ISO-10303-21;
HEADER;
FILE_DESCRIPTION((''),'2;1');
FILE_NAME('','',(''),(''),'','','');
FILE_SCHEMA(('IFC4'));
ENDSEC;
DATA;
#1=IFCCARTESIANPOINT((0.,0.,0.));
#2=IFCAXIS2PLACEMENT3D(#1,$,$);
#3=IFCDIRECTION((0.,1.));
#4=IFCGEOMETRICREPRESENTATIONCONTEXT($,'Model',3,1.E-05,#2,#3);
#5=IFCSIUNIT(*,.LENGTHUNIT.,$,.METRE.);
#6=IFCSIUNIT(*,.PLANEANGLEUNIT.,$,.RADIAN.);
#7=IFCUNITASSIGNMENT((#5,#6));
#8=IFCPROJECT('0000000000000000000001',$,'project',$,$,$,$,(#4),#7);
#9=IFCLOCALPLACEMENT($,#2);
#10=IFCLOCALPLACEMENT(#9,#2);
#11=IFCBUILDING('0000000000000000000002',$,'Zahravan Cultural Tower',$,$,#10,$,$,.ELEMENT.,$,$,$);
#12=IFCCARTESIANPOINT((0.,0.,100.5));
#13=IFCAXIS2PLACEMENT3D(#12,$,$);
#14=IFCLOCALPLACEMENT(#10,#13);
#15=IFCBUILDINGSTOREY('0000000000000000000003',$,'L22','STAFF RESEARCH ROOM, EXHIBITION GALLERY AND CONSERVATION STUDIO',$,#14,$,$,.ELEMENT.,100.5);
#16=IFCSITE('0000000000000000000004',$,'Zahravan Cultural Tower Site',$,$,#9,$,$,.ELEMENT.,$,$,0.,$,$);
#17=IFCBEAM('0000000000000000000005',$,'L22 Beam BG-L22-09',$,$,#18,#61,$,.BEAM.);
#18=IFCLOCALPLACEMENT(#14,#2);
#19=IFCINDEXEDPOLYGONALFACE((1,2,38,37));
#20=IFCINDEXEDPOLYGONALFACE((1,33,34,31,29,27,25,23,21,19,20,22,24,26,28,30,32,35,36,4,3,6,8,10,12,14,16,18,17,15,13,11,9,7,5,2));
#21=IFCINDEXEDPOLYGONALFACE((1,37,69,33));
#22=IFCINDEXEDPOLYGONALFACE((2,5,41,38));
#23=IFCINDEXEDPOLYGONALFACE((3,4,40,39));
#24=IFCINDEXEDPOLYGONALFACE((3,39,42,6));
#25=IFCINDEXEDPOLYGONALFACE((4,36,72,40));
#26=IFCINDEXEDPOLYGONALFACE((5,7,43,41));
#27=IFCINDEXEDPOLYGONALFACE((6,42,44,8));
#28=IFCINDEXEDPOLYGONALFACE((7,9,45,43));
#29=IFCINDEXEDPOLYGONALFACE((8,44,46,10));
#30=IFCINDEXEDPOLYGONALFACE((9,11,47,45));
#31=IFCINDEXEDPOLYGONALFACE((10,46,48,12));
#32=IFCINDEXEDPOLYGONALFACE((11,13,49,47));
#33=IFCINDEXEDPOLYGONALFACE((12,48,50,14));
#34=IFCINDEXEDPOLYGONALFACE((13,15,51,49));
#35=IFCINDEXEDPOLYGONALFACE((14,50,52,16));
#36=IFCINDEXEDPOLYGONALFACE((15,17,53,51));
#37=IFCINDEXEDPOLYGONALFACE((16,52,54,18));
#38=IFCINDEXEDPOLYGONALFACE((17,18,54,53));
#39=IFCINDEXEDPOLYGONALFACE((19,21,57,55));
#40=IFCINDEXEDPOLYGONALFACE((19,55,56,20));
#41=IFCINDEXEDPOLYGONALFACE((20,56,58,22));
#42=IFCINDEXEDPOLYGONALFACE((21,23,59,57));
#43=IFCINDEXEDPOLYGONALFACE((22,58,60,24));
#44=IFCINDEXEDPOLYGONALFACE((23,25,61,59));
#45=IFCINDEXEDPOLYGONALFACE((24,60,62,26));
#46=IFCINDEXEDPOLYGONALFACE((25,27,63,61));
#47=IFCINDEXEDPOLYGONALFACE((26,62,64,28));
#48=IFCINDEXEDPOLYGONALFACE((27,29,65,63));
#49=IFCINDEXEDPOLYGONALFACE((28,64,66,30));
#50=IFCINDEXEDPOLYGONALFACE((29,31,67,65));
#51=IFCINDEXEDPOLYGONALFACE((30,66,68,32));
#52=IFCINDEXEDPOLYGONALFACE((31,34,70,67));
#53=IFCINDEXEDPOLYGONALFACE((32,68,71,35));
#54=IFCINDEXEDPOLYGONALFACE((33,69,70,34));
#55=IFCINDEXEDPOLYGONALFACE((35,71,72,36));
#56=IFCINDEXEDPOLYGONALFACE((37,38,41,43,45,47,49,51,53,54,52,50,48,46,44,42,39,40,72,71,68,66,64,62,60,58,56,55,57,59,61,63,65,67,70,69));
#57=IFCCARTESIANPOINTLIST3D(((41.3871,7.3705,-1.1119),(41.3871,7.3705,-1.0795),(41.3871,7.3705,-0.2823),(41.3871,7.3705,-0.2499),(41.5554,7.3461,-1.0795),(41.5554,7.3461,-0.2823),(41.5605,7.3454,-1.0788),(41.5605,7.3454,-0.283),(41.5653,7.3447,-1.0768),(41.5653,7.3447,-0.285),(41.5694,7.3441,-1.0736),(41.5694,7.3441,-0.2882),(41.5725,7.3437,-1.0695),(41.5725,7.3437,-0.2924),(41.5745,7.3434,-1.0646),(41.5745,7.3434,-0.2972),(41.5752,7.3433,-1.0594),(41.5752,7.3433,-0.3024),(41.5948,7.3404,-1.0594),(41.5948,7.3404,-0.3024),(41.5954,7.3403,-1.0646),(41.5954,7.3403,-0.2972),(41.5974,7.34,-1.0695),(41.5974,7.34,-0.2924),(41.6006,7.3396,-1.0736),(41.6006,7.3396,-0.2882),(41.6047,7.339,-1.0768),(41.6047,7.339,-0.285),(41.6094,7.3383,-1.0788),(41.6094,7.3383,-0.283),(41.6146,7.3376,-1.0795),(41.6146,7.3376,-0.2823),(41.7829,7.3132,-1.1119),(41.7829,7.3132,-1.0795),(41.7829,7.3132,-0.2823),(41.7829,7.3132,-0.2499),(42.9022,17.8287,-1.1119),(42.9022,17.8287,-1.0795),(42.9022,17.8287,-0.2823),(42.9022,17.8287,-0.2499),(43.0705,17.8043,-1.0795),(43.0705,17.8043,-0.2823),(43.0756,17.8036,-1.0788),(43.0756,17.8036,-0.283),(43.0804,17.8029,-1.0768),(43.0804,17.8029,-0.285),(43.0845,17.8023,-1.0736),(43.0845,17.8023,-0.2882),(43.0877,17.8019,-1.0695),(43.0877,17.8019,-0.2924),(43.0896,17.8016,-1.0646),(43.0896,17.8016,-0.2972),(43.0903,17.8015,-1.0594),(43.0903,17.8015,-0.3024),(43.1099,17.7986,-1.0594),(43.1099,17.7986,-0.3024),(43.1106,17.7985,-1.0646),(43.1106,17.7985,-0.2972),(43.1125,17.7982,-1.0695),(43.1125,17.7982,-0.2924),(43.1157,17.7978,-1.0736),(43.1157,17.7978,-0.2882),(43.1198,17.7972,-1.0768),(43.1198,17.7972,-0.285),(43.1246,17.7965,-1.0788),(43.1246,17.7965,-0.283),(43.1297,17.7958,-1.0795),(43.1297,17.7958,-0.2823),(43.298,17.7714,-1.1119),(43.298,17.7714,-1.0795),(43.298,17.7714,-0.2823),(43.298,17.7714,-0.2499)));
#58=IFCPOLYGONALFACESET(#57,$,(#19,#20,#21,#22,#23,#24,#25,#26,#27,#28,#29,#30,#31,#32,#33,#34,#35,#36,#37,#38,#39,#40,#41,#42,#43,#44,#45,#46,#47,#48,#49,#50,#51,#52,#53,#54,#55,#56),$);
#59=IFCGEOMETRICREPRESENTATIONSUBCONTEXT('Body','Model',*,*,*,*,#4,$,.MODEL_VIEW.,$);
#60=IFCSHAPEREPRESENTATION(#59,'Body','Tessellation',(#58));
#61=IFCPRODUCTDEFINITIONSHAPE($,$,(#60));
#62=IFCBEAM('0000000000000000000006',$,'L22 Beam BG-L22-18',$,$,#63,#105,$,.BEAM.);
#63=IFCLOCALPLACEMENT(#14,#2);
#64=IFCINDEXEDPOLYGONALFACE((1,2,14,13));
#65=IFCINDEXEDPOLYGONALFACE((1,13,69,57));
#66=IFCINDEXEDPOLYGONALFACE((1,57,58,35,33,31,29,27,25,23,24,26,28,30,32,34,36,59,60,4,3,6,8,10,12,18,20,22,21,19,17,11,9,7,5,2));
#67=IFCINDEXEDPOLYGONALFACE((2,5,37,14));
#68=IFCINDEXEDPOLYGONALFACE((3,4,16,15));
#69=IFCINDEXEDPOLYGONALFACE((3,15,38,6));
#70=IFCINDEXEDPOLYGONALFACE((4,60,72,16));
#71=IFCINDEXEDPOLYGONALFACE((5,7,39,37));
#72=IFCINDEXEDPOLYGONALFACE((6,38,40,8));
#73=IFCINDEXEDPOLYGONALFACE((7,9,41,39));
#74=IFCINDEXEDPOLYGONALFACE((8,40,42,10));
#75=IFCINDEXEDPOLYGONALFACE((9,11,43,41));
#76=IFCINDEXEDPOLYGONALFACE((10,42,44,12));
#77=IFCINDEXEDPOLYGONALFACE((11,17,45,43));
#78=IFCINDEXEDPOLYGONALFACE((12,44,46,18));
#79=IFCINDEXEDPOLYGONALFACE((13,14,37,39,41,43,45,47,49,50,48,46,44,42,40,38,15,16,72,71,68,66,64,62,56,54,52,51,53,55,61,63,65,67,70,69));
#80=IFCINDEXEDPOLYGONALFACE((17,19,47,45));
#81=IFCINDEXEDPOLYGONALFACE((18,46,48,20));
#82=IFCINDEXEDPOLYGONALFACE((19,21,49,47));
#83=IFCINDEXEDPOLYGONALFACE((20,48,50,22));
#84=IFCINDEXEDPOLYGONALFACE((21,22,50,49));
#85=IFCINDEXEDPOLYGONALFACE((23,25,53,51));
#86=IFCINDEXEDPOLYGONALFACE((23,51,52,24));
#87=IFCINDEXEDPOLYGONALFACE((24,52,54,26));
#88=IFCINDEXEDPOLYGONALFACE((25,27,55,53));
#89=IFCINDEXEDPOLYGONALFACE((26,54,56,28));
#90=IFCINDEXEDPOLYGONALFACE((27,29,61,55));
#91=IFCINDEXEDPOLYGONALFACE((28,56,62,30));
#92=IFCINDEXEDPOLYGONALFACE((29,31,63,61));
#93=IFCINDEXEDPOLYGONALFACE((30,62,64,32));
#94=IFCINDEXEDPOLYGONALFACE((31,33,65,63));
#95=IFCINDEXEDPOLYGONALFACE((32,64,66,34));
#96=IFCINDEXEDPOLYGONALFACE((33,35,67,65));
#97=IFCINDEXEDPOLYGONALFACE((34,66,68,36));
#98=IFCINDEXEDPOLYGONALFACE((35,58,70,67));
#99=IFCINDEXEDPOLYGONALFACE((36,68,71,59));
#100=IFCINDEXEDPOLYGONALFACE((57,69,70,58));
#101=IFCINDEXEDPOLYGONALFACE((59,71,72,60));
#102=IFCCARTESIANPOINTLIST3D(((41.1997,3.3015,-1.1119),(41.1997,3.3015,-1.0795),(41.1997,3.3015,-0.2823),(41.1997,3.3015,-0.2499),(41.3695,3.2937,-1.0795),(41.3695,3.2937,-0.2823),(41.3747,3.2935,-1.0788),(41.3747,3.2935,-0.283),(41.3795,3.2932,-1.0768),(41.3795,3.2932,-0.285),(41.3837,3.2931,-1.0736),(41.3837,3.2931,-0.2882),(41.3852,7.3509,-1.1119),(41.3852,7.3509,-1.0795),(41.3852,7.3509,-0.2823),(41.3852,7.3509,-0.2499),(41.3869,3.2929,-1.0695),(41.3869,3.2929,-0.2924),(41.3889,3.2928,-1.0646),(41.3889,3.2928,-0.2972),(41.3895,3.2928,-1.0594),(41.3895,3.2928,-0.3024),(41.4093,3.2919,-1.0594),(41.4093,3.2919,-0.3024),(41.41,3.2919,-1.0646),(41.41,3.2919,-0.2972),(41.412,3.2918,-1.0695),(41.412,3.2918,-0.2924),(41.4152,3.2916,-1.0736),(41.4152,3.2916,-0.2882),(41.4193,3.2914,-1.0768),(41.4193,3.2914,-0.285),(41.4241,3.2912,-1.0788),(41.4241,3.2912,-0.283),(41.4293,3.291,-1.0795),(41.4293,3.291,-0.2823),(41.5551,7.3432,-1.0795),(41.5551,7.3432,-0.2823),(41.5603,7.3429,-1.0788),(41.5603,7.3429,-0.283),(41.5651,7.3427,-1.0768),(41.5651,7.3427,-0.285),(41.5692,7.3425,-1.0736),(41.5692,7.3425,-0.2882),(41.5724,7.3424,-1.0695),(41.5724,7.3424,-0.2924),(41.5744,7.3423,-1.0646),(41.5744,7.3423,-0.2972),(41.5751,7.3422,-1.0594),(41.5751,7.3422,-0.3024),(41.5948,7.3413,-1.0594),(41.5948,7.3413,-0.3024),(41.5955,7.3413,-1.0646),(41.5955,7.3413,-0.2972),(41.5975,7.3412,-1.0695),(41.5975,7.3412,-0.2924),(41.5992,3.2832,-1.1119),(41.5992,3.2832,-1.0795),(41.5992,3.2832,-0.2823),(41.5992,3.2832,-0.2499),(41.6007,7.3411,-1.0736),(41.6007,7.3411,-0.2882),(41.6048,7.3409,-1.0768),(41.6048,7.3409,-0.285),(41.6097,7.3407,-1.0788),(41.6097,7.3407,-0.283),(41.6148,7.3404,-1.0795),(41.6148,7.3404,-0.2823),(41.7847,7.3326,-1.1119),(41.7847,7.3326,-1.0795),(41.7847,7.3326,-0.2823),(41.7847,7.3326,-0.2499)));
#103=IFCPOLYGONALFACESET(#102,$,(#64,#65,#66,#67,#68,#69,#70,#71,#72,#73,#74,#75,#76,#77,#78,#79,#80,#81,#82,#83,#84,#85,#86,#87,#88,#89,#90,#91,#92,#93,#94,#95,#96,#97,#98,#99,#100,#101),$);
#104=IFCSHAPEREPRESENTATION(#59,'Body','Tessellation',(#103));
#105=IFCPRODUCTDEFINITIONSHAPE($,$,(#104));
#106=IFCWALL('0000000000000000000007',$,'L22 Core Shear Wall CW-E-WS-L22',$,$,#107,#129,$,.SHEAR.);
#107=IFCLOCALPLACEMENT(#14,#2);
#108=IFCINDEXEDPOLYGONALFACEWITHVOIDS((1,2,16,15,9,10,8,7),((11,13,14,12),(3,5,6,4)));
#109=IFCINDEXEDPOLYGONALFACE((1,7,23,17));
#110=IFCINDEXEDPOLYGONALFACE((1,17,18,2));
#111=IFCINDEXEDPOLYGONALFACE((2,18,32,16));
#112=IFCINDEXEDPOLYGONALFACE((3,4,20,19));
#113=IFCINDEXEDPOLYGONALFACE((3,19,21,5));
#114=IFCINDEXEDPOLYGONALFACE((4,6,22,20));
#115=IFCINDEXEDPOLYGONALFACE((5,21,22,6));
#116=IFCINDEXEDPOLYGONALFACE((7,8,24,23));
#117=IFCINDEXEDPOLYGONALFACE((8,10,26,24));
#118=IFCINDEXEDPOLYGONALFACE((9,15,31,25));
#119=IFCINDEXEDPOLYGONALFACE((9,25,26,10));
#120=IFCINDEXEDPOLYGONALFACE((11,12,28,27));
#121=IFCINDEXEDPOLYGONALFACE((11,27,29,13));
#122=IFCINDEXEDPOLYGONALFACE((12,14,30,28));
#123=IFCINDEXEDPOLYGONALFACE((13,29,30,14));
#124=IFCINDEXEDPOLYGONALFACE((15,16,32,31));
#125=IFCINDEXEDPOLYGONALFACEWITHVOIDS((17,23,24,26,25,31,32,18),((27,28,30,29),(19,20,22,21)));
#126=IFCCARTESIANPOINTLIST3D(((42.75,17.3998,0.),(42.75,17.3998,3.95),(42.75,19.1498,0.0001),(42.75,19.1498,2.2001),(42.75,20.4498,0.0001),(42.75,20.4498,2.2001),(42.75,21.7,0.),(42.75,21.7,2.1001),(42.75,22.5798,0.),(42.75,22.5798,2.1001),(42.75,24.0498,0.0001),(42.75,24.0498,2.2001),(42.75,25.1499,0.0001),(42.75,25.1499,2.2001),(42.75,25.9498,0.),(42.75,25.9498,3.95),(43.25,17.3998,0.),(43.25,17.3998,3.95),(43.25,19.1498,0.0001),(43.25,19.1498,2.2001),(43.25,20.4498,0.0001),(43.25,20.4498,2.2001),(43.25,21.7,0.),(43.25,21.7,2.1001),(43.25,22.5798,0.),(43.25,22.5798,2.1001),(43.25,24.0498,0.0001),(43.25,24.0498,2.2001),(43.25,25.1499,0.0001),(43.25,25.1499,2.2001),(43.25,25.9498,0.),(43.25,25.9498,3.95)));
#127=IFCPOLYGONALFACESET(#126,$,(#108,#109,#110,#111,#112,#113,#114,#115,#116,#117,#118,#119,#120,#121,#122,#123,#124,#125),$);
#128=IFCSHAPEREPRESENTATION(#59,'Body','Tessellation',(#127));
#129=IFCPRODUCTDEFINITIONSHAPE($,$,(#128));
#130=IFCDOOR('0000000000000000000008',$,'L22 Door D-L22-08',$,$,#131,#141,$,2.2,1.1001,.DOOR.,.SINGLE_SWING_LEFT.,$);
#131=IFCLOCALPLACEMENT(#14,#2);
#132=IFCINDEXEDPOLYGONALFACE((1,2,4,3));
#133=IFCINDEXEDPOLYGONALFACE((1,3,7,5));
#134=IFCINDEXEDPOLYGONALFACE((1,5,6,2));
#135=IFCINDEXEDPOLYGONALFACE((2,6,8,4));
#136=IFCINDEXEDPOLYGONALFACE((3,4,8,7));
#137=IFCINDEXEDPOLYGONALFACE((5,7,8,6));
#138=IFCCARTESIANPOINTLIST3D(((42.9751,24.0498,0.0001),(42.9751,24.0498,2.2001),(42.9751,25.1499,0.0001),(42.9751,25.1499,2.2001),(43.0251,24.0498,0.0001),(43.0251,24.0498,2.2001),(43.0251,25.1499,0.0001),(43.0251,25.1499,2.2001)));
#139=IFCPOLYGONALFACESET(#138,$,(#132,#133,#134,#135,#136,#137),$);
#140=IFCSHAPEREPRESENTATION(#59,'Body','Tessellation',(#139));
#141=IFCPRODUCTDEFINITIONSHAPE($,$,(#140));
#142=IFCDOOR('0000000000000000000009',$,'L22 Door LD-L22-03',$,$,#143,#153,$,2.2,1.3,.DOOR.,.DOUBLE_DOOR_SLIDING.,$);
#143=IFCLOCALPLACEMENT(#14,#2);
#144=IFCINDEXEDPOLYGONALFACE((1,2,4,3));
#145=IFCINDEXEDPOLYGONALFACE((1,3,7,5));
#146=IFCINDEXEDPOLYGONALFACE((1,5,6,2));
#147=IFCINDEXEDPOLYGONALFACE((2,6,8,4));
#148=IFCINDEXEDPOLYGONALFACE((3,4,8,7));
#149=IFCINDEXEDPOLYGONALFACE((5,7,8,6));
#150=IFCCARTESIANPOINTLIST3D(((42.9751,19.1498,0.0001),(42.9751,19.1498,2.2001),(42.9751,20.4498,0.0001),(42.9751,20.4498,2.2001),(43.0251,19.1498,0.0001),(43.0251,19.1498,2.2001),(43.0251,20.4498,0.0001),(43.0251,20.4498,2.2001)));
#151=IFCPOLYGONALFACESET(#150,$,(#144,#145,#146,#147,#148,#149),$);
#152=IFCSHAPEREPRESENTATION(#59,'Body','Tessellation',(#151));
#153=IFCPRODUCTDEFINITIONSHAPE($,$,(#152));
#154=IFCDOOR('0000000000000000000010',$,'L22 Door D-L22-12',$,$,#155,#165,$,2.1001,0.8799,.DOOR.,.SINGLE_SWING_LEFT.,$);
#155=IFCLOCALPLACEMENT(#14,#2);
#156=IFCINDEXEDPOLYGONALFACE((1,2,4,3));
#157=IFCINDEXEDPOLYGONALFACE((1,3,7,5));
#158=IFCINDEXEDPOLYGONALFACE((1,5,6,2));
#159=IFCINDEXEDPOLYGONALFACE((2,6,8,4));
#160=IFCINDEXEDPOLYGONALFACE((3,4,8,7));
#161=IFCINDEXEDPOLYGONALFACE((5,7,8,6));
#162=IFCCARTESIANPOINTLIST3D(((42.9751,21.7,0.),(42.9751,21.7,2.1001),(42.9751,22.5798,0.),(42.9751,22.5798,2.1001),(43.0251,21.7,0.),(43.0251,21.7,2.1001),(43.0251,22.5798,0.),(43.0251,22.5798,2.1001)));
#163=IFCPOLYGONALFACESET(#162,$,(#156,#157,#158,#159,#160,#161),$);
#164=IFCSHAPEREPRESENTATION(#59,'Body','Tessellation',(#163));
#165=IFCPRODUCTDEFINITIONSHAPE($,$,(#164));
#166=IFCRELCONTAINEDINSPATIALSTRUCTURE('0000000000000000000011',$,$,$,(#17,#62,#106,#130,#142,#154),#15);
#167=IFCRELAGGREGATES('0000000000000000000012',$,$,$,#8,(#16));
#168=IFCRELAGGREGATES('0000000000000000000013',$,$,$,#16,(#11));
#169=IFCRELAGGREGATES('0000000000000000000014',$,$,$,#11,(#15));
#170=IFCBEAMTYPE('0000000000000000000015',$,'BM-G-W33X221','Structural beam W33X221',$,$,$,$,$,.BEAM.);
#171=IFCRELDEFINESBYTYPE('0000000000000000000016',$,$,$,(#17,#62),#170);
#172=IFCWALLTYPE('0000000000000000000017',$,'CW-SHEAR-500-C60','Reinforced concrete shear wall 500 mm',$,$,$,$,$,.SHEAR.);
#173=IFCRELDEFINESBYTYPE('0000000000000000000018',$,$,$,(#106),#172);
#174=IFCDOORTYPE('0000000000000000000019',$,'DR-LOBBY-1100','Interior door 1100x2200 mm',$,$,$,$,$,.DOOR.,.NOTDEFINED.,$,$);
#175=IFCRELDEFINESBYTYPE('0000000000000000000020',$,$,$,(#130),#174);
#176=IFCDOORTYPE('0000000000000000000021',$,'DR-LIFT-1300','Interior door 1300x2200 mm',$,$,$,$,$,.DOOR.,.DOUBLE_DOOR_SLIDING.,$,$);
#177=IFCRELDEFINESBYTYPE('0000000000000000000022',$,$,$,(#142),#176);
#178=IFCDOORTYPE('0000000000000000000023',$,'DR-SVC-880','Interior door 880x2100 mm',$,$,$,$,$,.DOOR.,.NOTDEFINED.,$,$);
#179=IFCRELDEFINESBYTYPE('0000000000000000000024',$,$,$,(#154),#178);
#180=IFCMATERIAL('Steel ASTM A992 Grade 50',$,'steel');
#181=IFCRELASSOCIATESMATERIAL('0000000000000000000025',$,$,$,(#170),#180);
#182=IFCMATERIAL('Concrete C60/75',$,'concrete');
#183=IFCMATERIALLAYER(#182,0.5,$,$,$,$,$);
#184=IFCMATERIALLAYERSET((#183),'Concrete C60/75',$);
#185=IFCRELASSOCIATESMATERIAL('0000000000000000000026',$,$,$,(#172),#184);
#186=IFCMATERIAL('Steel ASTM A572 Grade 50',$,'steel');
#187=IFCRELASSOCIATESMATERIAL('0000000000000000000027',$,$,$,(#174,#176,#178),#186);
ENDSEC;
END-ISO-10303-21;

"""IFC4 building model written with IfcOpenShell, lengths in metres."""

from ifc_helpers import new_model, si_unit, direction, frame, frame_2d, origin, origin_2d, place, context, subcontext, project, spatial, rectangle, i_section, extrude, source, transform, mapped, material, layer, layer_set, material_profile, profile_set, type_object, element, fill, save


model = new_model("IFC4")

# Units and contexts
model_context = context("Model", 3, precision=1e-05, world=origin(), true_north=direction((0.0, 1.0)))
body_context = subcontext(model_context, "Body", "Model", "MODEL_VIEW")
ifc_project = project(units=[si_unit("LENGTHUNIT", "METRE"), si_unit("PLANEANGLEUNIT", "RADIAN")], contexts=[model_context])

# Site, building, storey
site_placement = place(None, origin())
site = spatial("IfcSite", under=ifc_project, at=site_placement, Name="Zahravan Cultural Tower Site", CompositionType="ELEMENT", RefElevation=0.0)
building_placement = place(site_placement, origin())
building = spatial("IfcBuilding", under=site, at=building_placement, Name="Zahravan Cultural Tower", CompositionType="ELEMENT")
storey_placement = place(building_placement, frame((0.0, 0.0, 100.5)))
storey = spatial("IfcBuildingStorey", under=building, at=storey_placement, Name="L22", Description="STAFF RESEARCH ROOM, EXHIBITION GALLERY AND CONSERVATION STUDIO", CompositionType="ELEMENT", Elevation=100.5)

# Shared definitions
ifc_material_1 = material(Name="Concrete C60/75", Category="concrete")
ifc_material_2 = material(Name="Steel ASTM A992 Grade 50", Category="steel")

# Beams
ifc_material_profile_1 = material_profile(ifc_material_2, i_section(OverallWidth=0.3999, OverallDepth=0.8621, WebThickness=0.0198, FlangeThickness=0.0325, FilletRadius=0.02, at=origin_2d()), Name="W33X221")
ifc_profile_set_1 = profile_set([ifc_material_profile_1], Name="Steel ASTM A992 Grade 50")
beam_type_1 = type_object("IfcBeamType", Name="BM-G-W33X221", Description="Structural beam W33X221", PredefinedType="BEAM", material=ifc_profile_set_1)
shared_shape_1 = source(origin(), body_context, "Body", "SweptSolid", [
    extrude(i_section(OverallWidth=0.3999, OverallDepth=0.8621, WebThickness=0.0198, FlangeThickness=0.0325, FilletRadius=0.02, at=origin_2d()), origin(), (0.0, 0.0, 1.0), 10.5674),
])
beam_1_placement = place(storey_placement, frame((43.1001, 17.8, -0.6809), z_axis=(-0.143378, -0.989668, 0.0), x_axis=(0.989668, -0.143378, 0.0)))
element("IfcBeam", 1, at=beam_1_placement, inside=storey, type_object=beam_type_1, Name="L22 Beam BG-L22-09", PredefinedType="BEAM", context=body_context, shape_type="MappedRepresentation", body=[
    mapped(shared_shape_1, transform((0.0, 0.0, 0.0), x_axis=(1.0, 0.0, 0.0), y_axis=(0.0, 1.0, 0.0), z_axis=(0.0, 0.0, 1.0), scale=1.0)),
])
shared_shape_2 = source(origin(), body_context, "Body", "SweptSolid", [
    extrude(i_section(OverallWidth=0.3999, OverallDepth=0.8621, WebThickness=0.0198, FlangeThickness=0.0325, FilletRadius=0.02, at=origin_2d()), origin(), (0.0, 0.0, 1.0), 4.0537),
])
beam_2_placement = place(storey_placement, frame((41.585, 7.3418, -0.6809), z_axis=(-0.045771, -0.998952, 0.0), x_axis=(0.998952, -0.045771, 0.0)))
element("IfcBeam", 2, at=beam_2_placement, inside=storey, type_object=beam_type_1, Name="L22 Beam BG-L22-18", PredefinedType="BEAM", context=body_context, shape_type="MappedRepresentation", body=[
    mapped(shared_shape_2, transform((0.0, 0.0, 0.0), x_axis=(1.0, 0.0, 0.0), y_axis=(0.0, 1.0, 0.0), z_axis=(0.0, 0.0, 1.0), scale=1.0)),
])

# Wall, openings, doors
ifc_layer_1 = layer(ifc_material_1, 0.5)
ifc_layer_set_1 = layer_set([ifc_layer_1], Name="Concrete C60/75")
wall_type_1 = type_object("IfcWallType", Name="CW-SHEAR-500-C60", Description="Reinforced concrete shear wall 500 mm", PredefinedType="SHEAR", material=ifc_layer_set_1)
wall_1_placement = place(storey_placement, frame((43.0, 17.3999, 0.0), z_axis=(0.0, 0.0, 1.0), x_axis=(0.0, 1.0, 0.0)))
wall_1 = element("IfcWall", 3, at=wall_1_placement, inside=storey, type_object=wall_type_1, Name="L22 Core Shear Wall CW-E-WS-L22", PredefinedType="SHEAR", context=body_context, shape_type="SweptSolid", body=[
    extrude(rectangle(XDim=8.55, YDim=0.5, at=frame_2d((4.2749, 0.0))), origin(), (0.0, 0.0, 1.0), 3.95),
])
opening_1_placement = place(wall_1_placement, frame((6.6499, 0.0, 0.0)))
opening_1 = element("IfcOpeningElement", 4, at=opening_1_placement, cuts=wall_1, PredefinedType="OPENING", context=body_context, shape_type="SweptSolid", body=[
    extrude(rectangle(XDim=1.1001, YDim=2.2, at=frame_2d((0.55, 1.1001))), frame((0.0, 0.26, 0.0), z_axis=(0.0, -1.0, 0.0), x_axis=(1.0, 0.0, 0.0)), (0.0, 0.0, 1.0), 0.52),
])
opening_2_placement = place(wall_1_placement, frame((1.75, 0.0, 0.0)))
opening_2 = element("IfcOpeningElement", 5, at=opening_2_placement, cuts=wall_1, PredefinedType="OPENING", context=body_context, shape_type="SweptSolid", body=[
    extrude(rectangle(XDim=1.3, YDim=2.2, at=frame_2d((0.6499, 1.1001))), frame((0.0, 0.26, 0.0), z_axis=(0.0, -1.0, 0.0), x_axis=(1.0, 0.0, 0.0)), (0.0, 0.0, 1.0), 0.52),
])
opening_3_placement = place(wall_1_placement, frame((4.3, 0.0, 0.0)))
opening_3 = element("IfcOpeningElement", 6, at=opening_3_placement, cuts=wall_1, PredefinedType="OPENING", context=body_context, shape_type="SweptSolid", body=[
    extrude(rectangle(XDim=0.8799, YDim=2.1001, at=frame_2d((0.4399, 1.05))), frame((0.0, 0.26, 0.0), z_axis=(0.0, -1.0, 0.0), x_axis=(1.0, 0.0, 0.0)), (0.0, 0.0, 1.0), 0.52),
])
ifc_material_3 = material(Name="Steel ASTM A572 Grade 50", Category="steel")
door_type_1 = type_object("IfcDoorType", Name="DR-LOBBY-1100", Description="Interior door 1100x2200 mm", OperationType="NOTDEFINED", PredefinedType="DOOR", material=ifc_material_3)
shared_shape_3 = source(origin(), body_context, "Body", "SweptSolid", [
    extrude(rectangle(XDim=1.1001, YDim=2.2, at=frame_2d((0.55, 1.1001))), frame((0.0, 0.0249, 0.0), z_axis=(0.0, -1.0, 0.0), x_axis=(1.0, 0.0, 0.0)), (0.0, 0.0, 1.0), 0.05),
])
door_1_placement = place(opening_1_placement, origin())
door_1 = element("IfcDoor", 7, at=door_1_placement, inside=storey, type_object=door_type_1, Name="L22 Door D-L22-08", OperationType="SINGLE_SWING_LEFT", OverallHeight=2.2, OverallWidth=1.1001, PredefinedType="DOOR", context=body_context, shape_type="MappedRepresentation", body=[
    mapped(shared_shape_3, transform((0.0, 0.0, 0.0), x_axis=(1.0, 0.0, 0.0), y_axis=(0.0, 1.0, 0.0), z_axis=(0.0, 0.0, 1.0), scale=1.0)),
])
fill(opening_1, door_1)
door_type_2 = type_object("IfcDoorType", Name="DR-LIFT-1300", Description="Interior door 1300x2200 mm", OperationType="DOUBLE_DOOR_SLIDING", PredefinedType="DOOR", material=ifc_material_3)
shared_shape_4 = source(origin(), body_context, "Body", "SweptSolid", [
    extrude(rectangle(XDim=1.3, YDim=2.2, at=frame_2d((0.6499, 1.1001))), frame((0.0, 0.0249, 0.0), z_axis=(0.0, -1.0, 0.0), x_axis=(1.0, 0.0, 0.0)), (0.0, 0.0, 1.0), 0.05),
])
door_2_placement = place(opening_2_placement, origin())
door_2 = element("IfcDoor", 8, at=door_2_placement, inside=storey, type_object=door_type_2, Name="L22 Door LD-L22-03", OperationType="DOUBLE_DOOR_SLIDING", OverallHeight=2.2, OverallWidth=1.3, PredefinedType="DOOR", context=body_context, shape_type="MappedRepresentation", body=[
    mapped(shared_shape_4, transform((0.0, 0.0, 0.0), x_axis=(1.0, 0.0, 0.0), y_axis=(0.0, 1.0, 0.0), z_axis=(0.0, 0.0, 1.0), scale=1.0)),
])
fill(opening_2, door_2)
door_type_3 = type_object("IfcDoorType", Name="DR-SVC-880", Description="Interior door 880x2100 mm", OperationType="NOTDEFINED", PredefinedType="DOOR", material=ifc_material_3)
shared_shape_5 = source(origin(), body_context, "Body", "SweptSolid", [
    extrude(rectangle(XDim=0.8799, YDim=2.1001, at=frame_2d((0.4399, 1.05))), frame((0.0, 0.0249, 0.0), z_axis=(0.0, -1.0, 0.0), x_axis=(1.0, 0.0, 0.0)), (0.0, 0.0, 1.0), 0.05),
])
door_3_placement = place(opening_3_placement, origin())
door_3 = element("IfcDoor", 9, at=door_3_placement, inside=storey, type_object=door_type_3, Name="L22 Door D-L22-12", OperationType="SINGLE_SWING_LEFT", OverallHeight=2.1001, OverallWidth=0.8799, PredefinedType="DOOR", context=body_context, shape_type="MappedRepresentation", body=[
    mapped(shared_shape_5, transform((0.0, 0.0, 0.0), x_axis=(1.0, 0.0, 0.0), y_axis=(0.0, 1.0, 0.0), z_axis=(0.0, 0.0, 1.0), scale=1.0)),
])
fill(opening_3, door_3)

save(model, "model.ifc")
